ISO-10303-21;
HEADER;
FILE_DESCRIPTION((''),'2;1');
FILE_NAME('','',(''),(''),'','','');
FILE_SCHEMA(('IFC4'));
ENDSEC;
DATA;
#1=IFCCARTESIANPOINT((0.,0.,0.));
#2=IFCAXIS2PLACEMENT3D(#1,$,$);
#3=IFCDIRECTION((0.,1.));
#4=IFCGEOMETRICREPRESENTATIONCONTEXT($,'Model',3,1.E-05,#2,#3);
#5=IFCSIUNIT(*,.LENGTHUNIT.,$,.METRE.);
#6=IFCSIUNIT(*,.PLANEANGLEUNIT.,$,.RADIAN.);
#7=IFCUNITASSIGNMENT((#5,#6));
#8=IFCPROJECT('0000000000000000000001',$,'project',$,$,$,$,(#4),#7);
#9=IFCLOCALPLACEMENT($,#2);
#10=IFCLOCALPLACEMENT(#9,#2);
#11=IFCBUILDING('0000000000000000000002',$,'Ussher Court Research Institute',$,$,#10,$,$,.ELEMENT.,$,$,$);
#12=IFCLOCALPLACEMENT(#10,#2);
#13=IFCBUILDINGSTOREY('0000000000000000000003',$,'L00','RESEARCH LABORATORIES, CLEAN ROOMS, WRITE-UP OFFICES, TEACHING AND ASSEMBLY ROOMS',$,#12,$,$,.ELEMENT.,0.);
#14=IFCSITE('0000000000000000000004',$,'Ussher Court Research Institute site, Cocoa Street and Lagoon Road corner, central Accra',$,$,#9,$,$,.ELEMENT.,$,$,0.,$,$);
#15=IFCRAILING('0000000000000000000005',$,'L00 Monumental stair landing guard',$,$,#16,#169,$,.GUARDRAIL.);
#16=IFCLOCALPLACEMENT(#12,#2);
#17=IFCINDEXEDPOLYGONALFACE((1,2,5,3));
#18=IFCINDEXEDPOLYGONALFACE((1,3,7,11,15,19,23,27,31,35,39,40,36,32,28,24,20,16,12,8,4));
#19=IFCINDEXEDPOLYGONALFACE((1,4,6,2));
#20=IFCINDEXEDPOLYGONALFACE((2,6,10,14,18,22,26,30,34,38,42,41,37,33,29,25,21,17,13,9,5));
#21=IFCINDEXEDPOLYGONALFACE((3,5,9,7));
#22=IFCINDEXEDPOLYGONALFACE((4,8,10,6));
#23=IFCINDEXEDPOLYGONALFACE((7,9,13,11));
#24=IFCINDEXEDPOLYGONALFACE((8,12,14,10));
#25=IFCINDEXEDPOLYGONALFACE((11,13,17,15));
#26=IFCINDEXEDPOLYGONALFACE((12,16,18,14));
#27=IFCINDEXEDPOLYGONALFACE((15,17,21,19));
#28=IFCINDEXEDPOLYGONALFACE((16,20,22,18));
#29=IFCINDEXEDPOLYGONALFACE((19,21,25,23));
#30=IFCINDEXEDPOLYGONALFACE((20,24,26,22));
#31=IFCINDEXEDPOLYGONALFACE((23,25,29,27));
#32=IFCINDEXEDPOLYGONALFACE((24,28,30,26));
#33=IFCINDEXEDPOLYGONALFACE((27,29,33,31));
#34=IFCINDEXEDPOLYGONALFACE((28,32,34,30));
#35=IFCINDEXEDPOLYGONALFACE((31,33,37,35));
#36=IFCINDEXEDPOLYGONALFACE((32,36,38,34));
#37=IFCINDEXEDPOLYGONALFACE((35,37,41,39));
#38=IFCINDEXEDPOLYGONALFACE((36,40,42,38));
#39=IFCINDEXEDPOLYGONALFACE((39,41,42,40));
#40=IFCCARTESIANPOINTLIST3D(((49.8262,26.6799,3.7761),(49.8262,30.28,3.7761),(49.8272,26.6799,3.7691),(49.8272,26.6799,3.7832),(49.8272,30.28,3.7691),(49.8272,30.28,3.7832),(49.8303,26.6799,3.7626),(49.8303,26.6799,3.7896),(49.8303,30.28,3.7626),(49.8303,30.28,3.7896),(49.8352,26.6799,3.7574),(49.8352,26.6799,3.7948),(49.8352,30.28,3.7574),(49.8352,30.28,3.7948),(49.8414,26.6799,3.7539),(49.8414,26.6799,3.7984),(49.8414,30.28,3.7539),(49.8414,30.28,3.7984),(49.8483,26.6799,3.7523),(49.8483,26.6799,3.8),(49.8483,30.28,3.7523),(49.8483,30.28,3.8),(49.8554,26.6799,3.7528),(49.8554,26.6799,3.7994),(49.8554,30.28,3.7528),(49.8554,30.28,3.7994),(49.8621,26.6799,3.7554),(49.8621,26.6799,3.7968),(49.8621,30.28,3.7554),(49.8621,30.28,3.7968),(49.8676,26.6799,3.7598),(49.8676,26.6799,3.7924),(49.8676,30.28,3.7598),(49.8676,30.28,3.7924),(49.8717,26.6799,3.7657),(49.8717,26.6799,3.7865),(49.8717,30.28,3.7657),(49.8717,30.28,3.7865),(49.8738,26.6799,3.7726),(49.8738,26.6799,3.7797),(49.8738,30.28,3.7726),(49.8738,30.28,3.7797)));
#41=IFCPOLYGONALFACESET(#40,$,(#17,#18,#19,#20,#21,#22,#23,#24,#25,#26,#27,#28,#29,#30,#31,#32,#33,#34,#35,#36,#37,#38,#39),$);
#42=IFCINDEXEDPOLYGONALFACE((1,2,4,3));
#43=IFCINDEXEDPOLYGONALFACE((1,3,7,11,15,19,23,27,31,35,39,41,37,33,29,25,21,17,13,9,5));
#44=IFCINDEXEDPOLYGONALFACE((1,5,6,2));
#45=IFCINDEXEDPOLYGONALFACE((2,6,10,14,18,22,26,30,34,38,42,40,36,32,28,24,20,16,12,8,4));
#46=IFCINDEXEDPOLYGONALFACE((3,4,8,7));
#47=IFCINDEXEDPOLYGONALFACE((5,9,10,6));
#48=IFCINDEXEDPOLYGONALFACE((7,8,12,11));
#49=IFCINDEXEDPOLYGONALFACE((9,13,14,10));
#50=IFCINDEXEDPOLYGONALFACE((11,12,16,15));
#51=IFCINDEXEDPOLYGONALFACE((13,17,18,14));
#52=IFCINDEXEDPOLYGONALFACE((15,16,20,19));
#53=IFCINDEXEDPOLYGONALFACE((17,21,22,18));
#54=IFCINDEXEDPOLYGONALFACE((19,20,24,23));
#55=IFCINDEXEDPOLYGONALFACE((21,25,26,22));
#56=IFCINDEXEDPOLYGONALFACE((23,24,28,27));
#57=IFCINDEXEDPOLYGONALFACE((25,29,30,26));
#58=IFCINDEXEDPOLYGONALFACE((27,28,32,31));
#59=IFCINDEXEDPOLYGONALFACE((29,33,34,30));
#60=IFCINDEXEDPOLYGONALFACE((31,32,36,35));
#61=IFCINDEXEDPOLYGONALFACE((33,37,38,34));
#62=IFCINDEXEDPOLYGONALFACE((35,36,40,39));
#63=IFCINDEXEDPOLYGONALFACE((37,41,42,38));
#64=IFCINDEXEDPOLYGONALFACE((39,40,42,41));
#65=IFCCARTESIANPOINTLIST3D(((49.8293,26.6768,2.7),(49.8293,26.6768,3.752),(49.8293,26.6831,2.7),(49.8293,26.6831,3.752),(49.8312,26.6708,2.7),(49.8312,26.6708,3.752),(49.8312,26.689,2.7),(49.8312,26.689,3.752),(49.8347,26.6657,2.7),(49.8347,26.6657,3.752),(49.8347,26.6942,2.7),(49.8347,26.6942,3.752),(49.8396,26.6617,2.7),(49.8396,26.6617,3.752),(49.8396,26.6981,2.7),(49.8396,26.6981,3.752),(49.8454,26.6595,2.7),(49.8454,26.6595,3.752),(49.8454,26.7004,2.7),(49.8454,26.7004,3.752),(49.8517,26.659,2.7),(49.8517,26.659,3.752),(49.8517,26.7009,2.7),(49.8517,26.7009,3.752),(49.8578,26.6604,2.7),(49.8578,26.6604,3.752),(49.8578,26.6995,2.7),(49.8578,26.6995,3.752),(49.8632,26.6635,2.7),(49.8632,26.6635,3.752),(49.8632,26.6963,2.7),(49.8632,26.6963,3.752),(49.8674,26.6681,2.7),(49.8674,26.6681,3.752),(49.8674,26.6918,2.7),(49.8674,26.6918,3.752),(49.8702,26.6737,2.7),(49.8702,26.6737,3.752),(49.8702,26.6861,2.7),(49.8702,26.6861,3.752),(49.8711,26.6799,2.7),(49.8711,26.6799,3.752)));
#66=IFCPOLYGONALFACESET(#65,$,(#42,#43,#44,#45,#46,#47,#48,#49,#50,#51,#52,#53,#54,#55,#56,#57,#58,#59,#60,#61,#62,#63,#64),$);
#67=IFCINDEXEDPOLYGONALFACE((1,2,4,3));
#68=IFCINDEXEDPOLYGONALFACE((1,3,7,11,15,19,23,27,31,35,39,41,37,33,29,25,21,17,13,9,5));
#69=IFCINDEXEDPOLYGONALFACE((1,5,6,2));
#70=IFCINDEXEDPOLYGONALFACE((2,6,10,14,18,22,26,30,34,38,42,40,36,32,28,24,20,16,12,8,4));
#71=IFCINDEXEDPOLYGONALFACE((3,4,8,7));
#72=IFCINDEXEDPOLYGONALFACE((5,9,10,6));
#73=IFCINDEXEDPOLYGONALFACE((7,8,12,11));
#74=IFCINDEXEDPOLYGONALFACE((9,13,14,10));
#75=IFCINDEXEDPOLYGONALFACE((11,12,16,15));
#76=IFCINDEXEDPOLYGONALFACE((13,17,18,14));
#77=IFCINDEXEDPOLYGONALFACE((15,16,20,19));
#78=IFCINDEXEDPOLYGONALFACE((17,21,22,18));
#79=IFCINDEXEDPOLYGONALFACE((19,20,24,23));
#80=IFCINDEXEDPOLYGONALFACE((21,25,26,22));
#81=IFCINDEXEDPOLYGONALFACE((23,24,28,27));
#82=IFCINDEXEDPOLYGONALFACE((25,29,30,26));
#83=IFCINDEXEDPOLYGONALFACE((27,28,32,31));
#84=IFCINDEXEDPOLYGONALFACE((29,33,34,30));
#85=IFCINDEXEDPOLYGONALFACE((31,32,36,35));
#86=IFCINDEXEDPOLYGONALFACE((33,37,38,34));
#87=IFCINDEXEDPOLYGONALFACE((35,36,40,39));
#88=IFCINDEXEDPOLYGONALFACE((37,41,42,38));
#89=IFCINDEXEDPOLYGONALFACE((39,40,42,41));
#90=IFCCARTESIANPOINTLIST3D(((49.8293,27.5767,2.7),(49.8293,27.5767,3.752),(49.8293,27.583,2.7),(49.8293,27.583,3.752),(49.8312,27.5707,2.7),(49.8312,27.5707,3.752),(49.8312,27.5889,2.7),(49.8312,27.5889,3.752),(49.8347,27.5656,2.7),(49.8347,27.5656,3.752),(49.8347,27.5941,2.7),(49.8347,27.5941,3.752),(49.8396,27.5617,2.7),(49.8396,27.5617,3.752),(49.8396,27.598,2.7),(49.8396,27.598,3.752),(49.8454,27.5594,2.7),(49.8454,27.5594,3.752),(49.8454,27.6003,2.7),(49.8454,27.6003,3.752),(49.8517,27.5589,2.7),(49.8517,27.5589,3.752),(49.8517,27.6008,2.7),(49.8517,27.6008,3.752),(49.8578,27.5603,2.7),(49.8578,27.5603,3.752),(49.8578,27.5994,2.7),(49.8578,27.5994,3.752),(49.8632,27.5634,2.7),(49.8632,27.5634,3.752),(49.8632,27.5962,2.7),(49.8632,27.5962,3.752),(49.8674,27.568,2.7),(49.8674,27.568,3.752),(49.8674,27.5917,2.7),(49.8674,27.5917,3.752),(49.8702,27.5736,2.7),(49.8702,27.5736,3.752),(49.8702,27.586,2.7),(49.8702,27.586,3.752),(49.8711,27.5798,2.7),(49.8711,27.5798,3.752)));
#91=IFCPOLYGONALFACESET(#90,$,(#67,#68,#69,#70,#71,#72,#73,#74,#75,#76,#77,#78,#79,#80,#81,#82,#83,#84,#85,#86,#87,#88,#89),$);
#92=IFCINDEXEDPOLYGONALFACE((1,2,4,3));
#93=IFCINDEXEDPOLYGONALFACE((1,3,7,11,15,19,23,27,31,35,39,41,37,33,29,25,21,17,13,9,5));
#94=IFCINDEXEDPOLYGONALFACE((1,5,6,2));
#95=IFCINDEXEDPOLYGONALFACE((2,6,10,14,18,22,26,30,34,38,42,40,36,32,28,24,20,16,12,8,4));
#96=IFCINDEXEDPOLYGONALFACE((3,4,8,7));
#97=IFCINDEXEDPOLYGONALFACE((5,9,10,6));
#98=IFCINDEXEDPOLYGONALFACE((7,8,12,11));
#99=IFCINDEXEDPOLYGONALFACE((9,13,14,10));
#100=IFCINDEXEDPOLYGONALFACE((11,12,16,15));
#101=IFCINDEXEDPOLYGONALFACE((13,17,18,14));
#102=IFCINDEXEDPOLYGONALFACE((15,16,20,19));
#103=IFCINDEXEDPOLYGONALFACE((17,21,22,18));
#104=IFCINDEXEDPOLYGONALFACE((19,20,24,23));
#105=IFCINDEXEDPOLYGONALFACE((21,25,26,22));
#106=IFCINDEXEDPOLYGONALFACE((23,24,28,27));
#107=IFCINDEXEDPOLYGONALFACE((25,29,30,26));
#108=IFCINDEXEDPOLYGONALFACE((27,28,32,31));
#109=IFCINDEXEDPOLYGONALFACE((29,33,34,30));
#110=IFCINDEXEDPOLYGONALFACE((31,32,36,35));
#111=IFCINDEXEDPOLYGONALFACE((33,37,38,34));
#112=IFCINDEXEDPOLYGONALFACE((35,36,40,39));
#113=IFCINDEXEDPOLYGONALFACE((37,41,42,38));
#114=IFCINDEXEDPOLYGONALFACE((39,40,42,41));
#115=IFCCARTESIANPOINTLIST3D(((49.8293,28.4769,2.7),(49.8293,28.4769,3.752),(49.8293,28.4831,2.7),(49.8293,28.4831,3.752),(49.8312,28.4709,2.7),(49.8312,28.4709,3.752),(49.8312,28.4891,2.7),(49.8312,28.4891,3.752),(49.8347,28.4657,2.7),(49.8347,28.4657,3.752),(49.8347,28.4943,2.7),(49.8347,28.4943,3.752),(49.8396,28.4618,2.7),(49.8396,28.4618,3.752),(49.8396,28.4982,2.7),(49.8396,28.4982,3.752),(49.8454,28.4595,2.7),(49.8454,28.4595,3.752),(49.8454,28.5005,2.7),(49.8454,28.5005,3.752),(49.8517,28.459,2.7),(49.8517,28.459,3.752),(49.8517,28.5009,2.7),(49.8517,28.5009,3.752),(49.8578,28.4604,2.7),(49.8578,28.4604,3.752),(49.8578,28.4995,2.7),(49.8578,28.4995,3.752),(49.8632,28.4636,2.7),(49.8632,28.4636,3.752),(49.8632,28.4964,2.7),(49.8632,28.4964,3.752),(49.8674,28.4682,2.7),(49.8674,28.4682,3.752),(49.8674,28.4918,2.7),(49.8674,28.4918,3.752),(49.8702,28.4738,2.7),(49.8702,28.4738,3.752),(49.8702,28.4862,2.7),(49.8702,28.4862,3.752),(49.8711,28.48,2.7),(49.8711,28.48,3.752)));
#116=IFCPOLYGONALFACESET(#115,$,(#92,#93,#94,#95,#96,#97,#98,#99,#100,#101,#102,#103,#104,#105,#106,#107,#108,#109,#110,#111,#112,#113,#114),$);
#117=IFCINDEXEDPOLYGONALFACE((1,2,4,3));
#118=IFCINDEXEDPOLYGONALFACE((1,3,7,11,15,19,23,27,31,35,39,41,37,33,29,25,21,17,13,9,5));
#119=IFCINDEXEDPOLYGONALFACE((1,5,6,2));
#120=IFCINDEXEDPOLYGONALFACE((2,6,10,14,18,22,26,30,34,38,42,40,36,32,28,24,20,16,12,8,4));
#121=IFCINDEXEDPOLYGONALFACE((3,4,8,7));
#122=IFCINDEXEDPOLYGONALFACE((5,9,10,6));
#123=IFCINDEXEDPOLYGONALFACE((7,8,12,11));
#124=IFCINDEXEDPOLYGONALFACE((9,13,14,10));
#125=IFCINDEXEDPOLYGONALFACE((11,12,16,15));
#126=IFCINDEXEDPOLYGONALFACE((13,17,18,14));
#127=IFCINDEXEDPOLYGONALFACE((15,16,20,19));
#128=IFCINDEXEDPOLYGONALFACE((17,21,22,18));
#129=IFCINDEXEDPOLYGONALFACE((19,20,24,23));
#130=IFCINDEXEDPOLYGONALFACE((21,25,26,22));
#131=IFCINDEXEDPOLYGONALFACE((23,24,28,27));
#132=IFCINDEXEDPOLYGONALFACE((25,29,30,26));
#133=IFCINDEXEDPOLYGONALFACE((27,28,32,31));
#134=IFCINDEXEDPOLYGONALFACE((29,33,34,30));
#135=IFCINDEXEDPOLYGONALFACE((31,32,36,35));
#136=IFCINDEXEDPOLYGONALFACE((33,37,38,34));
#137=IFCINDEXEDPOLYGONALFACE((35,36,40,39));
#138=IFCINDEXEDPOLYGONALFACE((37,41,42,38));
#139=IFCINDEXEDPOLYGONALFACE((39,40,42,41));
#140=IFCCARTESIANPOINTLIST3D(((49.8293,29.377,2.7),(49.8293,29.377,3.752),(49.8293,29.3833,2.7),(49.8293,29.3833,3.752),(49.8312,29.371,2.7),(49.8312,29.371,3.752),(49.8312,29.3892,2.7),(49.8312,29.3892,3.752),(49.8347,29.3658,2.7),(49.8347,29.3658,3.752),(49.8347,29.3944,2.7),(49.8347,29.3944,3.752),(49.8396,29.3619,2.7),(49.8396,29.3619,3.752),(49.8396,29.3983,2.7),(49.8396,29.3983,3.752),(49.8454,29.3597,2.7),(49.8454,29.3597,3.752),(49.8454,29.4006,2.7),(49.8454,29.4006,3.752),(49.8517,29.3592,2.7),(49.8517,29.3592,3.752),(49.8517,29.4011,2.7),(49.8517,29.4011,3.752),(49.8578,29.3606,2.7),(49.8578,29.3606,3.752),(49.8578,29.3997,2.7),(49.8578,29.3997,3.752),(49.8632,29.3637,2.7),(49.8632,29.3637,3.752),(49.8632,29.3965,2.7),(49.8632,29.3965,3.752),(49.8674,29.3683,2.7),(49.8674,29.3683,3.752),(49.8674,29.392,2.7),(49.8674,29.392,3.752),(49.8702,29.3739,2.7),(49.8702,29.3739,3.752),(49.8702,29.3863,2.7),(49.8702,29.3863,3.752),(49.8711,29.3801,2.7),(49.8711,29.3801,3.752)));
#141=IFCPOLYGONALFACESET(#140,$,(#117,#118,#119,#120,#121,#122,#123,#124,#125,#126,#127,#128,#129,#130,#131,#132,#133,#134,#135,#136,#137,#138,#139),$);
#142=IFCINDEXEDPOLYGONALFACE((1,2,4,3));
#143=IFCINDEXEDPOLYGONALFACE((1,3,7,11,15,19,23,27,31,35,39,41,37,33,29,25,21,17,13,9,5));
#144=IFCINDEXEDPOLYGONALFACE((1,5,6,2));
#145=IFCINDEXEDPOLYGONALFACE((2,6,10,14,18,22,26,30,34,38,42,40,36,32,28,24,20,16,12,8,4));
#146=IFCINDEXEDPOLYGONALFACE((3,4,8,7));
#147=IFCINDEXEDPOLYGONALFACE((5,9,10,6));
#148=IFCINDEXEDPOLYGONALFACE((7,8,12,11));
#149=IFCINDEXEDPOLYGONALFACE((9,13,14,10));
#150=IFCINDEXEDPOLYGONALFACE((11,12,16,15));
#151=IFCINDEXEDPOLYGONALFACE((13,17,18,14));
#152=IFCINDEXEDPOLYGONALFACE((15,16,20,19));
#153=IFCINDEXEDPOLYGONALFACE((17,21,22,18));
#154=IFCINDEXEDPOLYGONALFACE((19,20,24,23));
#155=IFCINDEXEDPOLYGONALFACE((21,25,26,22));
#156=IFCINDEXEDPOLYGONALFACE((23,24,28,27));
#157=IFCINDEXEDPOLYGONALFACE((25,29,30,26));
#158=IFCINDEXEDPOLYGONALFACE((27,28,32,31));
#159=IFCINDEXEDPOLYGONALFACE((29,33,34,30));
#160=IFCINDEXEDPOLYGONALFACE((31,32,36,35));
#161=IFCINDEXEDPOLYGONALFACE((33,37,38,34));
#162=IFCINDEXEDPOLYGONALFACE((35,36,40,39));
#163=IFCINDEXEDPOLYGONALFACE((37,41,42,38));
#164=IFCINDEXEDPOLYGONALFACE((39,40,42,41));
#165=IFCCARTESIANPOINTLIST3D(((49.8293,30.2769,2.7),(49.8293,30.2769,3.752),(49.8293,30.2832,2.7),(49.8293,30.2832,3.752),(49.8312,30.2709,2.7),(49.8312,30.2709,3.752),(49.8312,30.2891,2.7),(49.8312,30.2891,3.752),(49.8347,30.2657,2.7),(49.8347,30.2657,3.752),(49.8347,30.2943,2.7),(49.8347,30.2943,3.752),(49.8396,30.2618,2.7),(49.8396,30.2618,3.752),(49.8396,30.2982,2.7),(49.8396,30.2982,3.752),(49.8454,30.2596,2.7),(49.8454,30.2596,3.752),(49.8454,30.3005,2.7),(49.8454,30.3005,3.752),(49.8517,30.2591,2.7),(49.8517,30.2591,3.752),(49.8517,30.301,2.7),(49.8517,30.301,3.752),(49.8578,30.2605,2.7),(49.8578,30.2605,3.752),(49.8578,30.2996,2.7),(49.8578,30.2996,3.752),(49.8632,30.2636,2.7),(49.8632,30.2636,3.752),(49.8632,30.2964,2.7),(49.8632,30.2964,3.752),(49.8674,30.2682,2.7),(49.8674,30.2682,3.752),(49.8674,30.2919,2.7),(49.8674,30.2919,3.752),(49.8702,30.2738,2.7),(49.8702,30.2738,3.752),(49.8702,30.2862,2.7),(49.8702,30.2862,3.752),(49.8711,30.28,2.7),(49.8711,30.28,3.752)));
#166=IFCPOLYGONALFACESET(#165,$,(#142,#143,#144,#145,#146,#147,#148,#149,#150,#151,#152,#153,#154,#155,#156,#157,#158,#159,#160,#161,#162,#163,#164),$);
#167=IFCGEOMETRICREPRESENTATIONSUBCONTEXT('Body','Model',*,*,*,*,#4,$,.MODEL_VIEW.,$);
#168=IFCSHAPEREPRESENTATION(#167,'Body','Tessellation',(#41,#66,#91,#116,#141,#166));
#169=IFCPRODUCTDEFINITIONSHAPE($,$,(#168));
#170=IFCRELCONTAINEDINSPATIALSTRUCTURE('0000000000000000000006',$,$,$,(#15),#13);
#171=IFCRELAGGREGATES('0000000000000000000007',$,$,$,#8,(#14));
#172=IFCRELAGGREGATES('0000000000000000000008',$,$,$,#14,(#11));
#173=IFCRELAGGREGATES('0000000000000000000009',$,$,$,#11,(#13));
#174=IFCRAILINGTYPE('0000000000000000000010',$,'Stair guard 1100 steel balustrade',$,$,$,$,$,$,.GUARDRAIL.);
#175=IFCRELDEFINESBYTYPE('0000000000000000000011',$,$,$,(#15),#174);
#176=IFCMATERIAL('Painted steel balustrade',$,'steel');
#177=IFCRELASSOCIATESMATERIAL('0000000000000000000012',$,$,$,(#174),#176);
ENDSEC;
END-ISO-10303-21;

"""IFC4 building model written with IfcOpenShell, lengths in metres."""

from ifc_helpers import new_model, si_unit, direction, frame, origin, origin_2d, place, context, subcontext, project, spatial, circle, extrude, material, type_object, element, save


model = new_model("IFC4")

# Units and contexts
model_context = context("Model", 3, precision=1e-05, world=origin(), true_north=direction((0.0, 1.0)))
body_context = subcontext(model_context, "Body", "Model", "MODEL_VIEW")
ifc_project = project(units=[si_unit("LENGTHUNIT", "METRE"), si_unit("PLANEANGLEUNIT", "RADIAN")], contexts=[model_context])

# Site, building, storey
site_placement = place(None, origin())
site = spatial("IfcSite", under=ifc_project, at=site_placement, Name="Ussher Court Research Institute site, Cocoa Street and Lagoon Road corner, central Accra", CompositionType="ELEMENT", RefElevation=0.0)
building_placement = place(site_placement, origin())
building = spatial("IfcBuilding", under=site, at=building_placement, Name="Ussher Court Research Institute", CompositionType="ELEMENT")
storey_placement = place(building_placement, origin())
storey = spatial("IfcBuildingStorey", under=building, at=storey_placement, Name="L00", Description="RESEARCH LABORATORIES, CLEAN ROOMS, WRITE-UP OFFICES, TEACHING AND ASSEMBLY ROOMS", CompositionType="ELEMENT", Elevation=0.0)

# Railing
ifc_material_1 = material(Name="Painted steel balustrade", Category="steel")
railing_type_1 = type_object("IfcRailingType", Name="Stair guard 1100 steel balustrade", PredefinedType="GUARDRAIL", material=ifc_material_1)
for number, where, name in (
    (1, (49.8501, 26.6799, 2.7), "L00 Monumental stair landing guard"),
):
    element("IfcRailing", number, at=place(storey_placement, frame(where)), inside=storey, type_object=railing_type_1, Name=name, PredefinedType="GUARDRAIL", context=body_context, shape_type="SweptSolid", body=[
        extrude(circle(Radius=0.0239, at=origin_2d()), frame((0.0, 0.0, 1.0762), z_axis=(0.0, 1.0, 0.0), x_axis=(-1.0, 0.0, 0.0)), (0.0, 0.0, 1.0), 3.6001),
        extrude(circle(Radius=0.021, at=origin_2d()), origin(), (0.0, 0.0, 1.0), 1.052),
        extrude(circle(Radius=0.021, at=origin_2d()), frame((0.0, 0.8999, 0.0)), (0.0, 0.0, 1.0), 1.052),
        extrude(circle(Radius=0.021, at=origin_2d()), frame((0.0, 1.8, 0.0)), (0.0, 0.0, 1.0), 1.052),
        extrude(circle(Radius=0.021, at=origin_2d()), frame((0.0, 2.7002, 0.0)), (0.0, 0.0, 1.0), 1.052),
        extrude(circle(Radius=0.021, at=origin_2d()), frame((0.0, 3.6001, 0.0)), (0.0, 0.0, 1.0), 1.052),
    ])

save(model, "model.ifc")
